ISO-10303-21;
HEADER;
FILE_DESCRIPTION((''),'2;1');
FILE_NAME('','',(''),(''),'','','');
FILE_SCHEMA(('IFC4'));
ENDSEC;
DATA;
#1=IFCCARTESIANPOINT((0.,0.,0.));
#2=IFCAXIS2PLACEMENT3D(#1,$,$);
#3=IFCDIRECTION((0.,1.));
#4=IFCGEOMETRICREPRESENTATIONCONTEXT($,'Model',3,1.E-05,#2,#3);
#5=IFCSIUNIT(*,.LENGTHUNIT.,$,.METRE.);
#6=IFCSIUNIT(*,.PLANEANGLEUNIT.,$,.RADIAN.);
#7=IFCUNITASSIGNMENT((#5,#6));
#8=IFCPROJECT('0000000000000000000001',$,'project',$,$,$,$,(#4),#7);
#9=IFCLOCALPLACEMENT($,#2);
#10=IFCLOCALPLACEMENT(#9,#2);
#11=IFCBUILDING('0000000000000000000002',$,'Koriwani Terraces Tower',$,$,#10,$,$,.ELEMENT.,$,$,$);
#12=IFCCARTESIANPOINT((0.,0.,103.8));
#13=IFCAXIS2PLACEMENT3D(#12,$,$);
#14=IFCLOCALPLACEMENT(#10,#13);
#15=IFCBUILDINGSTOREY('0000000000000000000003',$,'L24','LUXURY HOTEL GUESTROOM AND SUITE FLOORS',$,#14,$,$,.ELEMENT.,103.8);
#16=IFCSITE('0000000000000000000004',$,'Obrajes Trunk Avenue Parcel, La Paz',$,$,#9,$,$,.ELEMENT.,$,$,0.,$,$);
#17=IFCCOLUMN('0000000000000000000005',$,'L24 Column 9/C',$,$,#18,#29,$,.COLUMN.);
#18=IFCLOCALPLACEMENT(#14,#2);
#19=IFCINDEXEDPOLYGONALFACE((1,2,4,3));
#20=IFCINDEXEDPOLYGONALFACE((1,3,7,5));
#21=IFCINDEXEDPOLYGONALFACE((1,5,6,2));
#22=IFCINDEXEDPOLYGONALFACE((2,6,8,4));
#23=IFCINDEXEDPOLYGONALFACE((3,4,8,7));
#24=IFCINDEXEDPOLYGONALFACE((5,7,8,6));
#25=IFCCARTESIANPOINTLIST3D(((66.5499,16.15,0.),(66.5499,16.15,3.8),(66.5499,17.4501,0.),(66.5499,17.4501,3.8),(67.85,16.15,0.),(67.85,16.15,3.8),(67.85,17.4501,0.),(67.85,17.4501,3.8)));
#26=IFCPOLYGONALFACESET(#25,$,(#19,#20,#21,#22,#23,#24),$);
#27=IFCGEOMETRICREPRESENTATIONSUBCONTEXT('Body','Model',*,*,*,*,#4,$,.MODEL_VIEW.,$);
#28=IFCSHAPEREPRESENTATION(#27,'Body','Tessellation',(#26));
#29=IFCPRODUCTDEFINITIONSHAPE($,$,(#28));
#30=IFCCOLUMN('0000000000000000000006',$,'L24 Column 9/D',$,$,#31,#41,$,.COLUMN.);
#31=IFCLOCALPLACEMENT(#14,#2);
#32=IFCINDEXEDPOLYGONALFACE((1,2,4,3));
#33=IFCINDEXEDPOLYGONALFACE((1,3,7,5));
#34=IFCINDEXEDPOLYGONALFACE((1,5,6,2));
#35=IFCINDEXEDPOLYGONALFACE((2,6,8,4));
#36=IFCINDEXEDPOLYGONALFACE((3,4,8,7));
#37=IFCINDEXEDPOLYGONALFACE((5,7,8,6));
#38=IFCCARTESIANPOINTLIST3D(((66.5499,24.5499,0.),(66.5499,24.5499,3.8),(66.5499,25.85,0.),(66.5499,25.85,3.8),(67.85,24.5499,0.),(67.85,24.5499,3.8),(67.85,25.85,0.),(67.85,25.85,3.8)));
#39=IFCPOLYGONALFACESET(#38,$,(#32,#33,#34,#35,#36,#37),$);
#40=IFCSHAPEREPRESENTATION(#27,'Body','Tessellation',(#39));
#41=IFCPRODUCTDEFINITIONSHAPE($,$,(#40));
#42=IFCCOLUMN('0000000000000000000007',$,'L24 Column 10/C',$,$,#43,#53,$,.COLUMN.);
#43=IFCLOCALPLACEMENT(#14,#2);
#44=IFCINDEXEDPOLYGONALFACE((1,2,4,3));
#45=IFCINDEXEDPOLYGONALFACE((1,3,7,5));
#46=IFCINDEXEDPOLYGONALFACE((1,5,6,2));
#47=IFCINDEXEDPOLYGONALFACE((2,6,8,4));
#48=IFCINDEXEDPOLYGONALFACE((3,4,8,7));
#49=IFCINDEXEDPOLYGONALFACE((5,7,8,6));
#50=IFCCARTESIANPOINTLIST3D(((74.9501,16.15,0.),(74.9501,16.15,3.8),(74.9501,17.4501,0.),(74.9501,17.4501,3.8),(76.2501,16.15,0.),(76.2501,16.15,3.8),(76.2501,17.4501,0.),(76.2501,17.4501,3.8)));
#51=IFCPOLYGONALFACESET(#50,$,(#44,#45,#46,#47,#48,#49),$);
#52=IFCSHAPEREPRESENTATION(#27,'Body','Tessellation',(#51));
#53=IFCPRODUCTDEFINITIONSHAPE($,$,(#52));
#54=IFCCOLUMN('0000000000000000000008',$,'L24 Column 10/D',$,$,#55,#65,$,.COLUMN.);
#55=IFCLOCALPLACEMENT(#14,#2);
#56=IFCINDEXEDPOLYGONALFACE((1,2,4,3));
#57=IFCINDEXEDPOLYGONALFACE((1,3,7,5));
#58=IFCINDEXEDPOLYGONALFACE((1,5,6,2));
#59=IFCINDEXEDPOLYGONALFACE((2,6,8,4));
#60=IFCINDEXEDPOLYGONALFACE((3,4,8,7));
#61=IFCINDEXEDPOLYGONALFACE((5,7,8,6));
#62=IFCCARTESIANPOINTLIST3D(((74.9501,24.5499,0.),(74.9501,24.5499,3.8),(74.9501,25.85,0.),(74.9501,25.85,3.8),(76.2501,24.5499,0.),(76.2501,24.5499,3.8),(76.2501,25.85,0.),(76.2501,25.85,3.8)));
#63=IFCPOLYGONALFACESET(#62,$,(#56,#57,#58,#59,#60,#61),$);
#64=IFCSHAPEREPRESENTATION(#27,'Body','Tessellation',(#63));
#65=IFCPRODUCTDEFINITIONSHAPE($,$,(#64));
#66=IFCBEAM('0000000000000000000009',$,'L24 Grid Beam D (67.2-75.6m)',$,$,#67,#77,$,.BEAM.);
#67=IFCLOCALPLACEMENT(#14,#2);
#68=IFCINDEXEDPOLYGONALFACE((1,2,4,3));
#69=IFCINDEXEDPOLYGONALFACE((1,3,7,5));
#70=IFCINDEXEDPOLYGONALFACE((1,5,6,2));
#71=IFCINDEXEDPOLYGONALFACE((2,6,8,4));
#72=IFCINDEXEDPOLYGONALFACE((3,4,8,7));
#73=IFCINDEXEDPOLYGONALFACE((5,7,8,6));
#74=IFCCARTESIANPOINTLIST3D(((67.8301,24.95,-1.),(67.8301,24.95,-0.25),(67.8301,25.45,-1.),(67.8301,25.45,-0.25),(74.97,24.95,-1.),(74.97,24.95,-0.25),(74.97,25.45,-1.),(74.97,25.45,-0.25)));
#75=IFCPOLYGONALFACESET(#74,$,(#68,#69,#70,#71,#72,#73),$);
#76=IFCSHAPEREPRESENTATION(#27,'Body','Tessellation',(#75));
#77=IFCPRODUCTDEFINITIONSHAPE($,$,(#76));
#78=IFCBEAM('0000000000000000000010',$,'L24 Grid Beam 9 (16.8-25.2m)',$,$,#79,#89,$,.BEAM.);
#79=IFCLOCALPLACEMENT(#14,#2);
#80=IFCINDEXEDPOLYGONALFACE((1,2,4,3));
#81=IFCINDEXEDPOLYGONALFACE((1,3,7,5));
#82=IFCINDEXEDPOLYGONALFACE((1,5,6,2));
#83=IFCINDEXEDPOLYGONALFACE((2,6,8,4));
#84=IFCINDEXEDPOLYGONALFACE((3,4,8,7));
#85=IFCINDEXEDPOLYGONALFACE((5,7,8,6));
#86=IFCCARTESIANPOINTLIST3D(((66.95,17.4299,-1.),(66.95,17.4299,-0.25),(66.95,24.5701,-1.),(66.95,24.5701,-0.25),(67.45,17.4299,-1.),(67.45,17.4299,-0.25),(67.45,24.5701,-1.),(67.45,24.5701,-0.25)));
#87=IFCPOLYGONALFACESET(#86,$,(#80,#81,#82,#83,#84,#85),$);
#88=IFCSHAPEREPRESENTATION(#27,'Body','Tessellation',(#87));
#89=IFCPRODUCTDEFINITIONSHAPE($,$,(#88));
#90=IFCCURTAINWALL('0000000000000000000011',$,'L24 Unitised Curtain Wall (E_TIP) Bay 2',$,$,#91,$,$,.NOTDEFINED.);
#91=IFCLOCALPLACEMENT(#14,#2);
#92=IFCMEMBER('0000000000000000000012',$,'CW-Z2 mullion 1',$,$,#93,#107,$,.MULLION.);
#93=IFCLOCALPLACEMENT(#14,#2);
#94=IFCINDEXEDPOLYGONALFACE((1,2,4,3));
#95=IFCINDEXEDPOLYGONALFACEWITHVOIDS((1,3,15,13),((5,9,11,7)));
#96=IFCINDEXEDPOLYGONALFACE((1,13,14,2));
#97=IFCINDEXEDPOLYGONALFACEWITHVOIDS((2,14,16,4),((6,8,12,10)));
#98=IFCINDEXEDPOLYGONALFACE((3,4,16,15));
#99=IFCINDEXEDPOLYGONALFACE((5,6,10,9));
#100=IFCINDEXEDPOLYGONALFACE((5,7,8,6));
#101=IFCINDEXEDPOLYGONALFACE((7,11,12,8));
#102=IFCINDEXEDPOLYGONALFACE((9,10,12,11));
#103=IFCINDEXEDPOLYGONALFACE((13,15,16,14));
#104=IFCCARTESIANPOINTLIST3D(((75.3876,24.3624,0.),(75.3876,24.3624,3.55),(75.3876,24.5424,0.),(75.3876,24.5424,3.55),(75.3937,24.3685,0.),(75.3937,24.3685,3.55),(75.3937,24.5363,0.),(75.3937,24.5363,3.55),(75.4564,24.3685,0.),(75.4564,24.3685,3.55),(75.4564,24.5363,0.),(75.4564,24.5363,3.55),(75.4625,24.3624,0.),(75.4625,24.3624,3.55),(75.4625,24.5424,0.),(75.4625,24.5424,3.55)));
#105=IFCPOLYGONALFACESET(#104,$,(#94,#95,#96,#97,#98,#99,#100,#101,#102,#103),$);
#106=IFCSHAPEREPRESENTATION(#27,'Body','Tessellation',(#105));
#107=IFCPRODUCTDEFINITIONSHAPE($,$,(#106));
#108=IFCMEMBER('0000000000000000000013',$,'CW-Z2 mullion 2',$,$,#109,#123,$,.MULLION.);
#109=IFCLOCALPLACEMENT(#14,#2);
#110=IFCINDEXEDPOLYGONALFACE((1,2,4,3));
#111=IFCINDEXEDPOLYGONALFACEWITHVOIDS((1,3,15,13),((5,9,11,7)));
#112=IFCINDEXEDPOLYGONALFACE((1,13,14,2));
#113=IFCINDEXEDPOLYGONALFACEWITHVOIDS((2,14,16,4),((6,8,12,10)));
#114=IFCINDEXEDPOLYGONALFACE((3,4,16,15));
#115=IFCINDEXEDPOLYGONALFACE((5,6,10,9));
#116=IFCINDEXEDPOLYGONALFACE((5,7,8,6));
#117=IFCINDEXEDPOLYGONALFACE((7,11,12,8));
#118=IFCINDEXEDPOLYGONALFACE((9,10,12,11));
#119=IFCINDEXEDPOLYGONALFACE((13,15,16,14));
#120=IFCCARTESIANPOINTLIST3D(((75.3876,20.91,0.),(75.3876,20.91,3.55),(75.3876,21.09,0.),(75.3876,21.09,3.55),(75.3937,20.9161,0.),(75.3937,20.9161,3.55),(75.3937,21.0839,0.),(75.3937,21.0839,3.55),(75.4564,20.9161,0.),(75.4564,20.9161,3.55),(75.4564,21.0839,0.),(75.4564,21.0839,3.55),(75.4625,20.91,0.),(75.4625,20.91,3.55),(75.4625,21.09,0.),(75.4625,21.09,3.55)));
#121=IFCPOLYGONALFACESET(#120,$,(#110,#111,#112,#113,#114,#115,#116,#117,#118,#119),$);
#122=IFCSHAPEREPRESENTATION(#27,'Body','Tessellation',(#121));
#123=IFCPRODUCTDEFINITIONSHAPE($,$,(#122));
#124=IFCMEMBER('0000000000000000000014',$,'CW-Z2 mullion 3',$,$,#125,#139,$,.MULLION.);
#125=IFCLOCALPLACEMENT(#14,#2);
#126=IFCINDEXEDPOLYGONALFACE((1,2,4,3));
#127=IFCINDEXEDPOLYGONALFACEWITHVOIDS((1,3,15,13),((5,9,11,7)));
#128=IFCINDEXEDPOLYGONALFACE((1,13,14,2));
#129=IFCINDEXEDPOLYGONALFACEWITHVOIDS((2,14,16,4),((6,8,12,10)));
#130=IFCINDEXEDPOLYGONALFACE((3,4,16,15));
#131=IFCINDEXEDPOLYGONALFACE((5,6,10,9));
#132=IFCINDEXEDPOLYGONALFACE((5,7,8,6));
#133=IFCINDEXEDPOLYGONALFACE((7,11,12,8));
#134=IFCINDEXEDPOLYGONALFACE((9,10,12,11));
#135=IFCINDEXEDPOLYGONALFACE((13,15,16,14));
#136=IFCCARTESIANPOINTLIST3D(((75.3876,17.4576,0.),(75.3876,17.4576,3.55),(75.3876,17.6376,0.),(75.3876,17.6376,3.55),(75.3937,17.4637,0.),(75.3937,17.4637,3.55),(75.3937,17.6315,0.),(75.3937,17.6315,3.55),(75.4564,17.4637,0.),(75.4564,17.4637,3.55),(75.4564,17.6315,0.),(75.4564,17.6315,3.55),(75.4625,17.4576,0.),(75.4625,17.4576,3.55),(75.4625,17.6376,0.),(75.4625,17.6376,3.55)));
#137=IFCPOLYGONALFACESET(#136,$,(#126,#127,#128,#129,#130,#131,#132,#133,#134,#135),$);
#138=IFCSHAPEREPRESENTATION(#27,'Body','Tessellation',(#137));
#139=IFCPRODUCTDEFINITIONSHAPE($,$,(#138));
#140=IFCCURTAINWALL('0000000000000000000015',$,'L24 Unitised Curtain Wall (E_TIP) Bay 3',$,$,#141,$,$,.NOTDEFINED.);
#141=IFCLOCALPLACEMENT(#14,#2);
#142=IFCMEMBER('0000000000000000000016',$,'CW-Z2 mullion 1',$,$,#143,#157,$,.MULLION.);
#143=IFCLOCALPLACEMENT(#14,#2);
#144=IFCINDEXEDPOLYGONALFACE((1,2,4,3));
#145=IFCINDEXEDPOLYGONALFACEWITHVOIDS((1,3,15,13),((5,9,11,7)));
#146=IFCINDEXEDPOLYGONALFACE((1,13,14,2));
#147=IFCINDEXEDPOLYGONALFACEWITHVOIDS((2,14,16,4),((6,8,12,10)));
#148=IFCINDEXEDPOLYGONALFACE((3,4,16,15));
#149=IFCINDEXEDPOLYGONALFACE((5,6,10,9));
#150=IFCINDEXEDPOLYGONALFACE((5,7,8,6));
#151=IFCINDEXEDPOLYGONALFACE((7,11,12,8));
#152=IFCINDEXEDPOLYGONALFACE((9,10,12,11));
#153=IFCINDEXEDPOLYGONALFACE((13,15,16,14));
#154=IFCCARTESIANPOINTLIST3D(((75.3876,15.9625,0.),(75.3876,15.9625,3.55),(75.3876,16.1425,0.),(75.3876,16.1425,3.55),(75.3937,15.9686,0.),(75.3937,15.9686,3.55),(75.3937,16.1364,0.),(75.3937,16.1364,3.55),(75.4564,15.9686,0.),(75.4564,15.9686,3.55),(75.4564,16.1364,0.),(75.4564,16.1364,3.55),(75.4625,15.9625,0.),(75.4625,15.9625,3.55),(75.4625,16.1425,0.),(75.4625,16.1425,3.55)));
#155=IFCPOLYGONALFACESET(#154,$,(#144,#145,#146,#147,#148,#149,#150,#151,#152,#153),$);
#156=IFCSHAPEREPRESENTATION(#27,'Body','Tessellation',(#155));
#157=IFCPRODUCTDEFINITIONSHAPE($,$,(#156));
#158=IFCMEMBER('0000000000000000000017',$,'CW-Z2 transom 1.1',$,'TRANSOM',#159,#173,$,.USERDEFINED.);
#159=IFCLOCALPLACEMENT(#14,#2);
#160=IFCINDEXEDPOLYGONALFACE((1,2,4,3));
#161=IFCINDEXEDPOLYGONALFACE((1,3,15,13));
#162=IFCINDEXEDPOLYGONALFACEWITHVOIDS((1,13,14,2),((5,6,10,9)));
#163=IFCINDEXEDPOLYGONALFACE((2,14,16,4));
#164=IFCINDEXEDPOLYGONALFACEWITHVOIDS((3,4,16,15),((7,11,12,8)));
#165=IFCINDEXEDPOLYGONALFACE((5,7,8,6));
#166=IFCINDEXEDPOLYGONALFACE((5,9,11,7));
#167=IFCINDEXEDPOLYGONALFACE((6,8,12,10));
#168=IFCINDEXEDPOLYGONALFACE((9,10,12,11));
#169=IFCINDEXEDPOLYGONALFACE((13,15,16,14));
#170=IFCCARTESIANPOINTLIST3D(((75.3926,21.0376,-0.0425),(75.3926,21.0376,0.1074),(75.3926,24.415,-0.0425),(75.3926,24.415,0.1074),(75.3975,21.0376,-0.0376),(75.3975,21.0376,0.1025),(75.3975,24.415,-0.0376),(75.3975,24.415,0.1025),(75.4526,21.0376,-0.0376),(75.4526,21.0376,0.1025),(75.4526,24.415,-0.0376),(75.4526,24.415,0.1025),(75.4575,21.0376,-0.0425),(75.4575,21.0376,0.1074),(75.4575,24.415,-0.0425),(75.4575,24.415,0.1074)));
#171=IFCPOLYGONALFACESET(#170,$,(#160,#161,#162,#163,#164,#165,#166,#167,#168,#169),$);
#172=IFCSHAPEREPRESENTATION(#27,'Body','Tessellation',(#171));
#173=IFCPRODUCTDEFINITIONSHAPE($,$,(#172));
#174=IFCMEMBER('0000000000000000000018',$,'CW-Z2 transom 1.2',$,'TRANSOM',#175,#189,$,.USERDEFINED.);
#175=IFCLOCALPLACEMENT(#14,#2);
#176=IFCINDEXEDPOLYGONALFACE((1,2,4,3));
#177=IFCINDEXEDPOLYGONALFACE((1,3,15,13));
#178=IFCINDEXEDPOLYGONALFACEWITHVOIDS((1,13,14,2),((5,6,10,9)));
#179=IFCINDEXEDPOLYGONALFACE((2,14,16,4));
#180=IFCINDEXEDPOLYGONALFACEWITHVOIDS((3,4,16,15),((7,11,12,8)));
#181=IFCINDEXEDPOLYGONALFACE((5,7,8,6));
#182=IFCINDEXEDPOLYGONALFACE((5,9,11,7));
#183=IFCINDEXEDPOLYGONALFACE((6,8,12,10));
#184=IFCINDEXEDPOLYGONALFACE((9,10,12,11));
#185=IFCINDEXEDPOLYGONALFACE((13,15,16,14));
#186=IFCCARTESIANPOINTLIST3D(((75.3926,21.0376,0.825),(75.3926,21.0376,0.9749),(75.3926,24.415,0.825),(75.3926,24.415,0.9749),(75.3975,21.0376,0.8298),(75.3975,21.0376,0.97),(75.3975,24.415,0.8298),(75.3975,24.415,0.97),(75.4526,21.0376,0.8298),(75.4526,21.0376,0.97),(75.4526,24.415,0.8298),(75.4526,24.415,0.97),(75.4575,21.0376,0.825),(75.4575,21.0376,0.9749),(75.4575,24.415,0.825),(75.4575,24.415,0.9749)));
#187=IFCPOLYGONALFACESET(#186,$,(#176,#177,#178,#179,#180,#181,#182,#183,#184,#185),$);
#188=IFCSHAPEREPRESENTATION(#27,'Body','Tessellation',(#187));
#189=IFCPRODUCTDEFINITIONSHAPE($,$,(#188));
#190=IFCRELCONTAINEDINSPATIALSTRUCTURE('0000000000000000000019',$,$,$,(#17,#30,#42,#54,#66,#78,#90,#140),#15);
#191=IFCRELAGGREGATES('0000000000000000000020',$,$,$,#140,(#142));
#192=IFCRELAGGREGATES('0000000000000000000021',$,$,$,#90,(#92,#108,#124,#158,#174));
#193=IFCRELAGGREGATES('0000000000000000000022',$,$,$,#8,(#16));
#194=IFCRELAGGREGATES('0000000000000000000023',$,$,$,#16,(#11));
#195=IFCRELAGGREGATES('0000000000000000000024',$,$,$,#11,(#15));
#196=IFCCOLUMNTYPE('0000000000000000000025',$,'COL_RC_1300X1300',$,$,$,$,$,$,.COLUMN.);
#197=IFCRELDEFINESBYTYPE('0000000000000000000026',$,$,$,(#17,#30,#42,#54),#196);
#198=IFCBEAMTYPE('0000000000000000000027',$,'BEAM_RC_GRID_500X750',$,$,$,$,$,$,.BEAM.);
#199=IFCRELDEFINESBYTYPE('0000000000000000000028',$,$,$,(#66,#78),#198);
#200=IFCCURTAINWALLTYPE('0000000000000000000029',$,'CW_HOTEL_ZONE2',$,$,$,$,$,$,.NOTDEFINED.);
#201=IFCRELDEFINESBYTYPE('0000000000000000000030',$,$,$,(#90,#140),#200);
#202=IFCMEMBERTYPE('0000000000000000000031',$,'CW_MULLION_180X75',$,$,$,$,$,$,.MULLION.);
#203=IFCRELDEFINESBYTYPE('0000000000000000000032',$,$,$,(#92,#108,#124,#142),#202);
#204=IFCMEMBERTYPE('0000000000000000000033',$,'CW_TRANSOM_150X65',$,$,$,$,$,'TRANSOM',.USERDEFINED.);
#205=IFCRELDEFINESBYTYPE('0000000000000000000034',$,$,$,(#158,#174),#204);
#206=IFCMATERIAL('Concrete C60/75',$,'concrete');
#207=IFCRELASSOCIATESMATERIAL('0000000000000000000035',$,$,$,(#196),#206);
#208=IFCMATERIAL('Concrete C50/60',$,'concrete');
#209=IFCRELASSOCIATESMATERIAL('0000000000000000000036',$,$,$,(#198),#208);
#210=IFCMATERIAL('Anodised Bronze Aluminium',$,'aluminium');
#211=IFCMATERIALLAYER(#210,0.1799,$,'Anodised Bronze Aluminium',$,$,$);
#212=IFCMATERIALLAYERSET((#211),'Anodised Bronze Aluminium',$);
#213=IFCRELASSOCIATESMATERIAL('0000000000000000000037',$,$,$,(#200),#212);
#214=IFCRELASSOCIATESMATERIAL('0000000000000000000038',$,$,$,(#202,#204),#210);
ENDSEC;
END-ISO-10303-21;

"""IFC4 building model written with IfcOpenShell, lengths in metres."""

from ifc_helpers import new_model, si_unit, direction, frame, origin, origin_2d, place, context, subcontext, project, spatial, rectangle, hollow_rectangle, extrude, material, layer, layer_set, material_profile, profile_set, type_object, element, aggregate, save


model = new_model("IFC4")

# Units and contexts
model_context = context("Model", 3, precision=1e-05, world=origin(), true_north=direction((0.0, 1.0)))
body_context = subcontext(model_context, "Body", "Model", "MODEL_VIEW")
ifc_project = project(units=[si_unit("LENGTHUNIT", "METRE"), si_unit("PLANEANGLEUNIT", "RADIAN")], contexts=[model_context])

# Site, building, storey
site_placement = place(None, origin())
site = spatial("IfcSite", under=ifc_project, at=site_placement, Name="Obrajes Trunk Avenue Parcel, La Paz", CompositionType="ELEMENT", RefElevation=0.0)
building_placement = place(site_placement, origin())
building = spatial("IfcBuilding", under=site, at=building_placement, Name="Koriwani Terraces Tower", CompositionType="ELEMENT")
storey_placement = place(building_placement, frame((0.0, 0.0, 103.8)))
storey = spatial("IfcBuildingStorey", under=building, at=storey_placement, Name="L24", Description="LUXURY HOTEL GUESTROOM AND SUITE FLOORS", CompositionType="ELEMENT", Elevation=103.8)

# Columns
ifc_material_1 = material(Name="Concrete C60/75", Category="concrete")
ifc_material_profile_1 = material_profile(ifc_material_1, rectangle(XDim=1.3, YDim=1.3, at=origin_2d()), Name="Concrete C60/75", Category="LoadBearing")
ifc_profile_set_1 = profile_set([ifc_material_profile_1], Name="Concrete C60/75")
column_type = type_object("IfcColumnType", Name="COL_RC_1300X1300", PredefinedType="COLUMN", material=ifc_profile_set_1)
for number, where, z_axis, x_axis, name in (
    (1, (67.2, 16.8, 0.0), (0.0, 0.0, 1.0), (1.0, 0.0, 0.0), "L24 Column 9/C"),
    (2, (67.2, 25.2, 0.0), (0.0, 0.0, 1.0), (1.0, 0.0, 0.0), "L24 Column 9/D"),
    (3, (75.6001, 16.8, 0.0), (0.0, 0.0, 1.0), (1.0, 0.0, 0.0), "L24 Column 10/C"),
    (4, (75.6001, 25.2, 0.0), (0.0, 0.0, 1.0), (1.0, 0.0, 0.0), "L24 Column 10/D"),
):
    element("IfcColumn", number, at=place(storey_placement, frame(where, z_axis=z_axis, x_axis=x_axis)), inside=storey, type_object=column_type, Name=name, PredefinedType="COLUMN", context=body_context, shape_type="SweptSolid", body=[
        extrude(rectangle(XDim=1.3, YDim=1.3, at=origin_2d()), origin(), (0.0, 0.0, 1.0), 3.8),
    ])

# Beams
ifc_material_2 = material(Name="Concrete C50/60", Category="concrete")
ifc_material_profile_2 = material_profile(ifc_material_2, rectangle(XDim=0.5, YDim=0.75, at=origin_2d()), Name="Concrete C50/60", Category="LoadBearing")
ifc_profile_set_2 = profile_set([ifc_material_profile_2], Name="Concrete C50/60")
beam_type_1 = type_object("IfcBeamType", Name="BEAM_RC_GRID_500X750", PredefinedType="BEAM", material=ifc_profile_set_2)
beam_1_placement = place(storey_placement, frame((67.8301, 25.2, -0.625), z_axis=(1.0, 0.0, 0.0), x_axis=(0.0, 1.0, 0.0)))
element("IfcBeam", 5, at=beam_1_placement, inside=storey, type_object=beam_type_1, Name="L24 Grid Beam D (67.2-75.6m)", PredefinedType="BEAM", context=body_context, shape_type="SweptSolid", body=[
    extrude(rectangle(XDim=0.5, YDim=0.75, at=origin_2d()), origin(), (0.0, 0.0, 1.0), 7.1399),
])
beam_2_placement = place(storey_placement, frame((67.2, 17.4299, -0.625), z_axis=(0.0, 1.0, 0.0), x_axis=(-1.0, 0.0, 0.0)))
element("IfcBeam", 6, at=beam_2_placement, inside=storey, type_object=beam_type_1, Name="L24 Grid Beam 9 (16.8-25.2m)", PredefinedType="BEAM", context=body_context, shape_type="SweptSolid", body=[
    extrude(rectangle(XDim=0.5, YDim=0.75, at=origin_2d()), origin(), (0.0, 0.0, 1.0), 7.1401),
])

# Curtain wall, members
ifc_material_3 = material(Name="Anodised Bronze Aluminium", Category="aluminium")
ifc_layer_1 = layer(ifc_material_3, 0.1799, Name="Anodised Bronze Aluminium")
ifc_layer_set_1 = layer_set([ifc_layer_1], Name="Anodised Bronze Aluminium")
curtain_wall_type = type_object("IfcCurtainWallType", Name="CW_HOTEL_ZONE2", PredefinedType="NOTDEFINED", material=ifc_layer_set_1)
curtain_wall_1_placement = place(storey_placement, origin())
curtain_wall_1 = element("IfcCurtainWall", 7, at=curtain_wall_1_placement, inside=storey, type_object=curtain_wall_type, Name="L24 Unitised Curtain Wall (E_TIP) Bay 2", PredefinedType="NOTDEFINED")
ifc_material_profile_3 = material_profile(ifc_material_3, hollow_rectangle(XDim=0.075, YDim=0.1799, WallThickness=0.0061, at=origin_2d()), Name="Anodised Bronze Aluminium", Category="LoadBearing")
ifc_profile_set_3 = profile_set([ifc_material_profile_3], Name="Anodised Bronze Aluminium")
member_type_1 = type_object("IfcMemberType", Name="CW_MULLION_180X75", PredefinedType="MULLION", material=ifc_profile_set_3)
member_1_placement = place(storey_placement, frame((75.425, 24.4524, 0.0), z_axis=(0.0, 0.0, 1.0), x_axis=(1.0, 0.0, 0.0)))
member_1 = element("IfcMember", 8, at=member_1_placement, type_object=member_type_1, Name="CW-Z2 mullion 1", PredefinedType="MULLION", context=body_context, shape_type="SweptSolid", body=[
    extrude(hollow_rectangle(XDim=0.075, YDim=0.1799, WallThickness=0.0061, at=origin_2d()), origin(), (0.0, 0.0, 1.0), 3.55),
])
member_2_placement = place(storey_placement, frame((75.425, 21.0, 0.0), z_axis=(0.0, 0.0, 1.0), x_axis=(1.0, 0.0, 0.0)))
member_2 = element("IfcMember", 9, at=member_2_placement, type_object=member_type_1, Name="CW-Z2 mullion 2", PredefinedType="MULLION", context=body_context, shape_type="SweptSolid", body=[
    extrude(hollow_rectangle(XDim=0.075, YDim=0.1799, WallThickness=0.0061, at=origin_2d()), origin(), (0.0, 0.0, 1.0), 3.55),
])
member_3_placement = place(storey_placement, frame((75.425, 17.5476, 0.0), z_axis=(0.0, 0.0, 1.0), x_axis=(1.0, 0.0, 0.0)))
member_3 = element("IfcMember", 10, at=member_3_placement, type_object=member_type_1, Name="CW-Z2 mullion 3", PredefinedType="MULLION", context=body_context, shape_type="SweptSolid", body=[
    extrude(hollow_rectangle(XDim=0.075, YDim=0.1799, WallThickness=0.0061, at=origin_2d()), origin(), (0.0, 0.0, 1.0), 3.55),
])

# Curtain wall, member
curtain_wall_2_placement = place(storey_placement, origin())
curtain_wall_2 = element("IfcCurtainWall", 11, at=curtain_wall_2_placement, inside=storey, type_object=curtain_wall_type, Name="L24 Unitised Curtain Wall (E_TIP) Bay 3", PredefinedType="NOTDEFINED")
member_4_placement = place(storey_placement, frame((75.425, 16.0525, 0.0), z_axis=(0.0, 0.0, 1.0), x_axis=(1.0, 0.0, 0.0)))
member_4 = element("IfcMember", 12, at=member_4_placement, type_object=member_type_1, Name="CW-Z2 mullion 1", PredefinedType="MULLION", context=body_context, shape_type="SweptSolid", body=[
    extrude(hollow_rectangle(XDim=0.075, YDim=0.1799, WallThickness=0.0061, at=origin_2d()), origin(), (0.0, 0.0, 1.0), 3.55),
])

# Members
ifc_material_profile_4 = material_profile(ifc_material_3, hollow_rectangle(XDim=0.0649, YDim=0.1499, WallThickness=0.0049, at=origin_2d()), Name="Anodised Bronze Aluminium", Category="LoadBearing")
ifc_profile_set_4 = profile_set([ifc_material_profile_4], Name="Anodised Bronze Aluminium")
member_type_2 = type_object("IfcMemberType", Name="CW_TRANSOM_150X65", ElementType="TRANSOM", PredefinedType="USERDEFINED", material=ifc_profile_set_4)
member_5_placement = place(storey_placement, frame((75.425, 24.415, 0.0325), z_axis=(0.0, -1.0, 0.0), x_axis=(1.0, 0.0, 0.0)))
member_5 = element("IfcMember", 13, at=member_5_placement, type_object=member_type_2, Name="CW-Z2 transom 1.1", ObjectType="TRANSOM", PredefinedType="USERDEFINED", context=body_context, shape_type="SweptSolid", body=[
    extrude(hollow_rectangle(XDim=0.0649, YDim=0.1499, WallThickness=0.0049, at=origin_2d()), origin(), (0.0, 0.0, 1.0), 3.3774),
])
member_6_placement = place(storey_placement, frame((75.425, 24.415, 0.8999), z_axis=(0.0, -1.0, 0.0), x_axis=(1.0, 0.0, 0.0)))
member_6 = element("IfcMember", 14, at=member_6_placement, type_object=member_type_2, Name="CW-Z2 transom 1.2", ObjectType="TRANSOM", PredefinedType="USERDEFINED", context=body_context, shape_type="SweptSolid", body=[
    extrude(hollow_rectangle(XDim=0.0649, YDim=0.1499, WallThickness=0.0049, at=origin_2d()), origin(), (0.0, 0.0, 1.0), 3.3774),
])
aggregate(curtain_wall_2, [member_4])

aggregate(curtain_wall_1, [member_1, member_2, member_3, member_5, member_6])

save(model, "model.ifc")
